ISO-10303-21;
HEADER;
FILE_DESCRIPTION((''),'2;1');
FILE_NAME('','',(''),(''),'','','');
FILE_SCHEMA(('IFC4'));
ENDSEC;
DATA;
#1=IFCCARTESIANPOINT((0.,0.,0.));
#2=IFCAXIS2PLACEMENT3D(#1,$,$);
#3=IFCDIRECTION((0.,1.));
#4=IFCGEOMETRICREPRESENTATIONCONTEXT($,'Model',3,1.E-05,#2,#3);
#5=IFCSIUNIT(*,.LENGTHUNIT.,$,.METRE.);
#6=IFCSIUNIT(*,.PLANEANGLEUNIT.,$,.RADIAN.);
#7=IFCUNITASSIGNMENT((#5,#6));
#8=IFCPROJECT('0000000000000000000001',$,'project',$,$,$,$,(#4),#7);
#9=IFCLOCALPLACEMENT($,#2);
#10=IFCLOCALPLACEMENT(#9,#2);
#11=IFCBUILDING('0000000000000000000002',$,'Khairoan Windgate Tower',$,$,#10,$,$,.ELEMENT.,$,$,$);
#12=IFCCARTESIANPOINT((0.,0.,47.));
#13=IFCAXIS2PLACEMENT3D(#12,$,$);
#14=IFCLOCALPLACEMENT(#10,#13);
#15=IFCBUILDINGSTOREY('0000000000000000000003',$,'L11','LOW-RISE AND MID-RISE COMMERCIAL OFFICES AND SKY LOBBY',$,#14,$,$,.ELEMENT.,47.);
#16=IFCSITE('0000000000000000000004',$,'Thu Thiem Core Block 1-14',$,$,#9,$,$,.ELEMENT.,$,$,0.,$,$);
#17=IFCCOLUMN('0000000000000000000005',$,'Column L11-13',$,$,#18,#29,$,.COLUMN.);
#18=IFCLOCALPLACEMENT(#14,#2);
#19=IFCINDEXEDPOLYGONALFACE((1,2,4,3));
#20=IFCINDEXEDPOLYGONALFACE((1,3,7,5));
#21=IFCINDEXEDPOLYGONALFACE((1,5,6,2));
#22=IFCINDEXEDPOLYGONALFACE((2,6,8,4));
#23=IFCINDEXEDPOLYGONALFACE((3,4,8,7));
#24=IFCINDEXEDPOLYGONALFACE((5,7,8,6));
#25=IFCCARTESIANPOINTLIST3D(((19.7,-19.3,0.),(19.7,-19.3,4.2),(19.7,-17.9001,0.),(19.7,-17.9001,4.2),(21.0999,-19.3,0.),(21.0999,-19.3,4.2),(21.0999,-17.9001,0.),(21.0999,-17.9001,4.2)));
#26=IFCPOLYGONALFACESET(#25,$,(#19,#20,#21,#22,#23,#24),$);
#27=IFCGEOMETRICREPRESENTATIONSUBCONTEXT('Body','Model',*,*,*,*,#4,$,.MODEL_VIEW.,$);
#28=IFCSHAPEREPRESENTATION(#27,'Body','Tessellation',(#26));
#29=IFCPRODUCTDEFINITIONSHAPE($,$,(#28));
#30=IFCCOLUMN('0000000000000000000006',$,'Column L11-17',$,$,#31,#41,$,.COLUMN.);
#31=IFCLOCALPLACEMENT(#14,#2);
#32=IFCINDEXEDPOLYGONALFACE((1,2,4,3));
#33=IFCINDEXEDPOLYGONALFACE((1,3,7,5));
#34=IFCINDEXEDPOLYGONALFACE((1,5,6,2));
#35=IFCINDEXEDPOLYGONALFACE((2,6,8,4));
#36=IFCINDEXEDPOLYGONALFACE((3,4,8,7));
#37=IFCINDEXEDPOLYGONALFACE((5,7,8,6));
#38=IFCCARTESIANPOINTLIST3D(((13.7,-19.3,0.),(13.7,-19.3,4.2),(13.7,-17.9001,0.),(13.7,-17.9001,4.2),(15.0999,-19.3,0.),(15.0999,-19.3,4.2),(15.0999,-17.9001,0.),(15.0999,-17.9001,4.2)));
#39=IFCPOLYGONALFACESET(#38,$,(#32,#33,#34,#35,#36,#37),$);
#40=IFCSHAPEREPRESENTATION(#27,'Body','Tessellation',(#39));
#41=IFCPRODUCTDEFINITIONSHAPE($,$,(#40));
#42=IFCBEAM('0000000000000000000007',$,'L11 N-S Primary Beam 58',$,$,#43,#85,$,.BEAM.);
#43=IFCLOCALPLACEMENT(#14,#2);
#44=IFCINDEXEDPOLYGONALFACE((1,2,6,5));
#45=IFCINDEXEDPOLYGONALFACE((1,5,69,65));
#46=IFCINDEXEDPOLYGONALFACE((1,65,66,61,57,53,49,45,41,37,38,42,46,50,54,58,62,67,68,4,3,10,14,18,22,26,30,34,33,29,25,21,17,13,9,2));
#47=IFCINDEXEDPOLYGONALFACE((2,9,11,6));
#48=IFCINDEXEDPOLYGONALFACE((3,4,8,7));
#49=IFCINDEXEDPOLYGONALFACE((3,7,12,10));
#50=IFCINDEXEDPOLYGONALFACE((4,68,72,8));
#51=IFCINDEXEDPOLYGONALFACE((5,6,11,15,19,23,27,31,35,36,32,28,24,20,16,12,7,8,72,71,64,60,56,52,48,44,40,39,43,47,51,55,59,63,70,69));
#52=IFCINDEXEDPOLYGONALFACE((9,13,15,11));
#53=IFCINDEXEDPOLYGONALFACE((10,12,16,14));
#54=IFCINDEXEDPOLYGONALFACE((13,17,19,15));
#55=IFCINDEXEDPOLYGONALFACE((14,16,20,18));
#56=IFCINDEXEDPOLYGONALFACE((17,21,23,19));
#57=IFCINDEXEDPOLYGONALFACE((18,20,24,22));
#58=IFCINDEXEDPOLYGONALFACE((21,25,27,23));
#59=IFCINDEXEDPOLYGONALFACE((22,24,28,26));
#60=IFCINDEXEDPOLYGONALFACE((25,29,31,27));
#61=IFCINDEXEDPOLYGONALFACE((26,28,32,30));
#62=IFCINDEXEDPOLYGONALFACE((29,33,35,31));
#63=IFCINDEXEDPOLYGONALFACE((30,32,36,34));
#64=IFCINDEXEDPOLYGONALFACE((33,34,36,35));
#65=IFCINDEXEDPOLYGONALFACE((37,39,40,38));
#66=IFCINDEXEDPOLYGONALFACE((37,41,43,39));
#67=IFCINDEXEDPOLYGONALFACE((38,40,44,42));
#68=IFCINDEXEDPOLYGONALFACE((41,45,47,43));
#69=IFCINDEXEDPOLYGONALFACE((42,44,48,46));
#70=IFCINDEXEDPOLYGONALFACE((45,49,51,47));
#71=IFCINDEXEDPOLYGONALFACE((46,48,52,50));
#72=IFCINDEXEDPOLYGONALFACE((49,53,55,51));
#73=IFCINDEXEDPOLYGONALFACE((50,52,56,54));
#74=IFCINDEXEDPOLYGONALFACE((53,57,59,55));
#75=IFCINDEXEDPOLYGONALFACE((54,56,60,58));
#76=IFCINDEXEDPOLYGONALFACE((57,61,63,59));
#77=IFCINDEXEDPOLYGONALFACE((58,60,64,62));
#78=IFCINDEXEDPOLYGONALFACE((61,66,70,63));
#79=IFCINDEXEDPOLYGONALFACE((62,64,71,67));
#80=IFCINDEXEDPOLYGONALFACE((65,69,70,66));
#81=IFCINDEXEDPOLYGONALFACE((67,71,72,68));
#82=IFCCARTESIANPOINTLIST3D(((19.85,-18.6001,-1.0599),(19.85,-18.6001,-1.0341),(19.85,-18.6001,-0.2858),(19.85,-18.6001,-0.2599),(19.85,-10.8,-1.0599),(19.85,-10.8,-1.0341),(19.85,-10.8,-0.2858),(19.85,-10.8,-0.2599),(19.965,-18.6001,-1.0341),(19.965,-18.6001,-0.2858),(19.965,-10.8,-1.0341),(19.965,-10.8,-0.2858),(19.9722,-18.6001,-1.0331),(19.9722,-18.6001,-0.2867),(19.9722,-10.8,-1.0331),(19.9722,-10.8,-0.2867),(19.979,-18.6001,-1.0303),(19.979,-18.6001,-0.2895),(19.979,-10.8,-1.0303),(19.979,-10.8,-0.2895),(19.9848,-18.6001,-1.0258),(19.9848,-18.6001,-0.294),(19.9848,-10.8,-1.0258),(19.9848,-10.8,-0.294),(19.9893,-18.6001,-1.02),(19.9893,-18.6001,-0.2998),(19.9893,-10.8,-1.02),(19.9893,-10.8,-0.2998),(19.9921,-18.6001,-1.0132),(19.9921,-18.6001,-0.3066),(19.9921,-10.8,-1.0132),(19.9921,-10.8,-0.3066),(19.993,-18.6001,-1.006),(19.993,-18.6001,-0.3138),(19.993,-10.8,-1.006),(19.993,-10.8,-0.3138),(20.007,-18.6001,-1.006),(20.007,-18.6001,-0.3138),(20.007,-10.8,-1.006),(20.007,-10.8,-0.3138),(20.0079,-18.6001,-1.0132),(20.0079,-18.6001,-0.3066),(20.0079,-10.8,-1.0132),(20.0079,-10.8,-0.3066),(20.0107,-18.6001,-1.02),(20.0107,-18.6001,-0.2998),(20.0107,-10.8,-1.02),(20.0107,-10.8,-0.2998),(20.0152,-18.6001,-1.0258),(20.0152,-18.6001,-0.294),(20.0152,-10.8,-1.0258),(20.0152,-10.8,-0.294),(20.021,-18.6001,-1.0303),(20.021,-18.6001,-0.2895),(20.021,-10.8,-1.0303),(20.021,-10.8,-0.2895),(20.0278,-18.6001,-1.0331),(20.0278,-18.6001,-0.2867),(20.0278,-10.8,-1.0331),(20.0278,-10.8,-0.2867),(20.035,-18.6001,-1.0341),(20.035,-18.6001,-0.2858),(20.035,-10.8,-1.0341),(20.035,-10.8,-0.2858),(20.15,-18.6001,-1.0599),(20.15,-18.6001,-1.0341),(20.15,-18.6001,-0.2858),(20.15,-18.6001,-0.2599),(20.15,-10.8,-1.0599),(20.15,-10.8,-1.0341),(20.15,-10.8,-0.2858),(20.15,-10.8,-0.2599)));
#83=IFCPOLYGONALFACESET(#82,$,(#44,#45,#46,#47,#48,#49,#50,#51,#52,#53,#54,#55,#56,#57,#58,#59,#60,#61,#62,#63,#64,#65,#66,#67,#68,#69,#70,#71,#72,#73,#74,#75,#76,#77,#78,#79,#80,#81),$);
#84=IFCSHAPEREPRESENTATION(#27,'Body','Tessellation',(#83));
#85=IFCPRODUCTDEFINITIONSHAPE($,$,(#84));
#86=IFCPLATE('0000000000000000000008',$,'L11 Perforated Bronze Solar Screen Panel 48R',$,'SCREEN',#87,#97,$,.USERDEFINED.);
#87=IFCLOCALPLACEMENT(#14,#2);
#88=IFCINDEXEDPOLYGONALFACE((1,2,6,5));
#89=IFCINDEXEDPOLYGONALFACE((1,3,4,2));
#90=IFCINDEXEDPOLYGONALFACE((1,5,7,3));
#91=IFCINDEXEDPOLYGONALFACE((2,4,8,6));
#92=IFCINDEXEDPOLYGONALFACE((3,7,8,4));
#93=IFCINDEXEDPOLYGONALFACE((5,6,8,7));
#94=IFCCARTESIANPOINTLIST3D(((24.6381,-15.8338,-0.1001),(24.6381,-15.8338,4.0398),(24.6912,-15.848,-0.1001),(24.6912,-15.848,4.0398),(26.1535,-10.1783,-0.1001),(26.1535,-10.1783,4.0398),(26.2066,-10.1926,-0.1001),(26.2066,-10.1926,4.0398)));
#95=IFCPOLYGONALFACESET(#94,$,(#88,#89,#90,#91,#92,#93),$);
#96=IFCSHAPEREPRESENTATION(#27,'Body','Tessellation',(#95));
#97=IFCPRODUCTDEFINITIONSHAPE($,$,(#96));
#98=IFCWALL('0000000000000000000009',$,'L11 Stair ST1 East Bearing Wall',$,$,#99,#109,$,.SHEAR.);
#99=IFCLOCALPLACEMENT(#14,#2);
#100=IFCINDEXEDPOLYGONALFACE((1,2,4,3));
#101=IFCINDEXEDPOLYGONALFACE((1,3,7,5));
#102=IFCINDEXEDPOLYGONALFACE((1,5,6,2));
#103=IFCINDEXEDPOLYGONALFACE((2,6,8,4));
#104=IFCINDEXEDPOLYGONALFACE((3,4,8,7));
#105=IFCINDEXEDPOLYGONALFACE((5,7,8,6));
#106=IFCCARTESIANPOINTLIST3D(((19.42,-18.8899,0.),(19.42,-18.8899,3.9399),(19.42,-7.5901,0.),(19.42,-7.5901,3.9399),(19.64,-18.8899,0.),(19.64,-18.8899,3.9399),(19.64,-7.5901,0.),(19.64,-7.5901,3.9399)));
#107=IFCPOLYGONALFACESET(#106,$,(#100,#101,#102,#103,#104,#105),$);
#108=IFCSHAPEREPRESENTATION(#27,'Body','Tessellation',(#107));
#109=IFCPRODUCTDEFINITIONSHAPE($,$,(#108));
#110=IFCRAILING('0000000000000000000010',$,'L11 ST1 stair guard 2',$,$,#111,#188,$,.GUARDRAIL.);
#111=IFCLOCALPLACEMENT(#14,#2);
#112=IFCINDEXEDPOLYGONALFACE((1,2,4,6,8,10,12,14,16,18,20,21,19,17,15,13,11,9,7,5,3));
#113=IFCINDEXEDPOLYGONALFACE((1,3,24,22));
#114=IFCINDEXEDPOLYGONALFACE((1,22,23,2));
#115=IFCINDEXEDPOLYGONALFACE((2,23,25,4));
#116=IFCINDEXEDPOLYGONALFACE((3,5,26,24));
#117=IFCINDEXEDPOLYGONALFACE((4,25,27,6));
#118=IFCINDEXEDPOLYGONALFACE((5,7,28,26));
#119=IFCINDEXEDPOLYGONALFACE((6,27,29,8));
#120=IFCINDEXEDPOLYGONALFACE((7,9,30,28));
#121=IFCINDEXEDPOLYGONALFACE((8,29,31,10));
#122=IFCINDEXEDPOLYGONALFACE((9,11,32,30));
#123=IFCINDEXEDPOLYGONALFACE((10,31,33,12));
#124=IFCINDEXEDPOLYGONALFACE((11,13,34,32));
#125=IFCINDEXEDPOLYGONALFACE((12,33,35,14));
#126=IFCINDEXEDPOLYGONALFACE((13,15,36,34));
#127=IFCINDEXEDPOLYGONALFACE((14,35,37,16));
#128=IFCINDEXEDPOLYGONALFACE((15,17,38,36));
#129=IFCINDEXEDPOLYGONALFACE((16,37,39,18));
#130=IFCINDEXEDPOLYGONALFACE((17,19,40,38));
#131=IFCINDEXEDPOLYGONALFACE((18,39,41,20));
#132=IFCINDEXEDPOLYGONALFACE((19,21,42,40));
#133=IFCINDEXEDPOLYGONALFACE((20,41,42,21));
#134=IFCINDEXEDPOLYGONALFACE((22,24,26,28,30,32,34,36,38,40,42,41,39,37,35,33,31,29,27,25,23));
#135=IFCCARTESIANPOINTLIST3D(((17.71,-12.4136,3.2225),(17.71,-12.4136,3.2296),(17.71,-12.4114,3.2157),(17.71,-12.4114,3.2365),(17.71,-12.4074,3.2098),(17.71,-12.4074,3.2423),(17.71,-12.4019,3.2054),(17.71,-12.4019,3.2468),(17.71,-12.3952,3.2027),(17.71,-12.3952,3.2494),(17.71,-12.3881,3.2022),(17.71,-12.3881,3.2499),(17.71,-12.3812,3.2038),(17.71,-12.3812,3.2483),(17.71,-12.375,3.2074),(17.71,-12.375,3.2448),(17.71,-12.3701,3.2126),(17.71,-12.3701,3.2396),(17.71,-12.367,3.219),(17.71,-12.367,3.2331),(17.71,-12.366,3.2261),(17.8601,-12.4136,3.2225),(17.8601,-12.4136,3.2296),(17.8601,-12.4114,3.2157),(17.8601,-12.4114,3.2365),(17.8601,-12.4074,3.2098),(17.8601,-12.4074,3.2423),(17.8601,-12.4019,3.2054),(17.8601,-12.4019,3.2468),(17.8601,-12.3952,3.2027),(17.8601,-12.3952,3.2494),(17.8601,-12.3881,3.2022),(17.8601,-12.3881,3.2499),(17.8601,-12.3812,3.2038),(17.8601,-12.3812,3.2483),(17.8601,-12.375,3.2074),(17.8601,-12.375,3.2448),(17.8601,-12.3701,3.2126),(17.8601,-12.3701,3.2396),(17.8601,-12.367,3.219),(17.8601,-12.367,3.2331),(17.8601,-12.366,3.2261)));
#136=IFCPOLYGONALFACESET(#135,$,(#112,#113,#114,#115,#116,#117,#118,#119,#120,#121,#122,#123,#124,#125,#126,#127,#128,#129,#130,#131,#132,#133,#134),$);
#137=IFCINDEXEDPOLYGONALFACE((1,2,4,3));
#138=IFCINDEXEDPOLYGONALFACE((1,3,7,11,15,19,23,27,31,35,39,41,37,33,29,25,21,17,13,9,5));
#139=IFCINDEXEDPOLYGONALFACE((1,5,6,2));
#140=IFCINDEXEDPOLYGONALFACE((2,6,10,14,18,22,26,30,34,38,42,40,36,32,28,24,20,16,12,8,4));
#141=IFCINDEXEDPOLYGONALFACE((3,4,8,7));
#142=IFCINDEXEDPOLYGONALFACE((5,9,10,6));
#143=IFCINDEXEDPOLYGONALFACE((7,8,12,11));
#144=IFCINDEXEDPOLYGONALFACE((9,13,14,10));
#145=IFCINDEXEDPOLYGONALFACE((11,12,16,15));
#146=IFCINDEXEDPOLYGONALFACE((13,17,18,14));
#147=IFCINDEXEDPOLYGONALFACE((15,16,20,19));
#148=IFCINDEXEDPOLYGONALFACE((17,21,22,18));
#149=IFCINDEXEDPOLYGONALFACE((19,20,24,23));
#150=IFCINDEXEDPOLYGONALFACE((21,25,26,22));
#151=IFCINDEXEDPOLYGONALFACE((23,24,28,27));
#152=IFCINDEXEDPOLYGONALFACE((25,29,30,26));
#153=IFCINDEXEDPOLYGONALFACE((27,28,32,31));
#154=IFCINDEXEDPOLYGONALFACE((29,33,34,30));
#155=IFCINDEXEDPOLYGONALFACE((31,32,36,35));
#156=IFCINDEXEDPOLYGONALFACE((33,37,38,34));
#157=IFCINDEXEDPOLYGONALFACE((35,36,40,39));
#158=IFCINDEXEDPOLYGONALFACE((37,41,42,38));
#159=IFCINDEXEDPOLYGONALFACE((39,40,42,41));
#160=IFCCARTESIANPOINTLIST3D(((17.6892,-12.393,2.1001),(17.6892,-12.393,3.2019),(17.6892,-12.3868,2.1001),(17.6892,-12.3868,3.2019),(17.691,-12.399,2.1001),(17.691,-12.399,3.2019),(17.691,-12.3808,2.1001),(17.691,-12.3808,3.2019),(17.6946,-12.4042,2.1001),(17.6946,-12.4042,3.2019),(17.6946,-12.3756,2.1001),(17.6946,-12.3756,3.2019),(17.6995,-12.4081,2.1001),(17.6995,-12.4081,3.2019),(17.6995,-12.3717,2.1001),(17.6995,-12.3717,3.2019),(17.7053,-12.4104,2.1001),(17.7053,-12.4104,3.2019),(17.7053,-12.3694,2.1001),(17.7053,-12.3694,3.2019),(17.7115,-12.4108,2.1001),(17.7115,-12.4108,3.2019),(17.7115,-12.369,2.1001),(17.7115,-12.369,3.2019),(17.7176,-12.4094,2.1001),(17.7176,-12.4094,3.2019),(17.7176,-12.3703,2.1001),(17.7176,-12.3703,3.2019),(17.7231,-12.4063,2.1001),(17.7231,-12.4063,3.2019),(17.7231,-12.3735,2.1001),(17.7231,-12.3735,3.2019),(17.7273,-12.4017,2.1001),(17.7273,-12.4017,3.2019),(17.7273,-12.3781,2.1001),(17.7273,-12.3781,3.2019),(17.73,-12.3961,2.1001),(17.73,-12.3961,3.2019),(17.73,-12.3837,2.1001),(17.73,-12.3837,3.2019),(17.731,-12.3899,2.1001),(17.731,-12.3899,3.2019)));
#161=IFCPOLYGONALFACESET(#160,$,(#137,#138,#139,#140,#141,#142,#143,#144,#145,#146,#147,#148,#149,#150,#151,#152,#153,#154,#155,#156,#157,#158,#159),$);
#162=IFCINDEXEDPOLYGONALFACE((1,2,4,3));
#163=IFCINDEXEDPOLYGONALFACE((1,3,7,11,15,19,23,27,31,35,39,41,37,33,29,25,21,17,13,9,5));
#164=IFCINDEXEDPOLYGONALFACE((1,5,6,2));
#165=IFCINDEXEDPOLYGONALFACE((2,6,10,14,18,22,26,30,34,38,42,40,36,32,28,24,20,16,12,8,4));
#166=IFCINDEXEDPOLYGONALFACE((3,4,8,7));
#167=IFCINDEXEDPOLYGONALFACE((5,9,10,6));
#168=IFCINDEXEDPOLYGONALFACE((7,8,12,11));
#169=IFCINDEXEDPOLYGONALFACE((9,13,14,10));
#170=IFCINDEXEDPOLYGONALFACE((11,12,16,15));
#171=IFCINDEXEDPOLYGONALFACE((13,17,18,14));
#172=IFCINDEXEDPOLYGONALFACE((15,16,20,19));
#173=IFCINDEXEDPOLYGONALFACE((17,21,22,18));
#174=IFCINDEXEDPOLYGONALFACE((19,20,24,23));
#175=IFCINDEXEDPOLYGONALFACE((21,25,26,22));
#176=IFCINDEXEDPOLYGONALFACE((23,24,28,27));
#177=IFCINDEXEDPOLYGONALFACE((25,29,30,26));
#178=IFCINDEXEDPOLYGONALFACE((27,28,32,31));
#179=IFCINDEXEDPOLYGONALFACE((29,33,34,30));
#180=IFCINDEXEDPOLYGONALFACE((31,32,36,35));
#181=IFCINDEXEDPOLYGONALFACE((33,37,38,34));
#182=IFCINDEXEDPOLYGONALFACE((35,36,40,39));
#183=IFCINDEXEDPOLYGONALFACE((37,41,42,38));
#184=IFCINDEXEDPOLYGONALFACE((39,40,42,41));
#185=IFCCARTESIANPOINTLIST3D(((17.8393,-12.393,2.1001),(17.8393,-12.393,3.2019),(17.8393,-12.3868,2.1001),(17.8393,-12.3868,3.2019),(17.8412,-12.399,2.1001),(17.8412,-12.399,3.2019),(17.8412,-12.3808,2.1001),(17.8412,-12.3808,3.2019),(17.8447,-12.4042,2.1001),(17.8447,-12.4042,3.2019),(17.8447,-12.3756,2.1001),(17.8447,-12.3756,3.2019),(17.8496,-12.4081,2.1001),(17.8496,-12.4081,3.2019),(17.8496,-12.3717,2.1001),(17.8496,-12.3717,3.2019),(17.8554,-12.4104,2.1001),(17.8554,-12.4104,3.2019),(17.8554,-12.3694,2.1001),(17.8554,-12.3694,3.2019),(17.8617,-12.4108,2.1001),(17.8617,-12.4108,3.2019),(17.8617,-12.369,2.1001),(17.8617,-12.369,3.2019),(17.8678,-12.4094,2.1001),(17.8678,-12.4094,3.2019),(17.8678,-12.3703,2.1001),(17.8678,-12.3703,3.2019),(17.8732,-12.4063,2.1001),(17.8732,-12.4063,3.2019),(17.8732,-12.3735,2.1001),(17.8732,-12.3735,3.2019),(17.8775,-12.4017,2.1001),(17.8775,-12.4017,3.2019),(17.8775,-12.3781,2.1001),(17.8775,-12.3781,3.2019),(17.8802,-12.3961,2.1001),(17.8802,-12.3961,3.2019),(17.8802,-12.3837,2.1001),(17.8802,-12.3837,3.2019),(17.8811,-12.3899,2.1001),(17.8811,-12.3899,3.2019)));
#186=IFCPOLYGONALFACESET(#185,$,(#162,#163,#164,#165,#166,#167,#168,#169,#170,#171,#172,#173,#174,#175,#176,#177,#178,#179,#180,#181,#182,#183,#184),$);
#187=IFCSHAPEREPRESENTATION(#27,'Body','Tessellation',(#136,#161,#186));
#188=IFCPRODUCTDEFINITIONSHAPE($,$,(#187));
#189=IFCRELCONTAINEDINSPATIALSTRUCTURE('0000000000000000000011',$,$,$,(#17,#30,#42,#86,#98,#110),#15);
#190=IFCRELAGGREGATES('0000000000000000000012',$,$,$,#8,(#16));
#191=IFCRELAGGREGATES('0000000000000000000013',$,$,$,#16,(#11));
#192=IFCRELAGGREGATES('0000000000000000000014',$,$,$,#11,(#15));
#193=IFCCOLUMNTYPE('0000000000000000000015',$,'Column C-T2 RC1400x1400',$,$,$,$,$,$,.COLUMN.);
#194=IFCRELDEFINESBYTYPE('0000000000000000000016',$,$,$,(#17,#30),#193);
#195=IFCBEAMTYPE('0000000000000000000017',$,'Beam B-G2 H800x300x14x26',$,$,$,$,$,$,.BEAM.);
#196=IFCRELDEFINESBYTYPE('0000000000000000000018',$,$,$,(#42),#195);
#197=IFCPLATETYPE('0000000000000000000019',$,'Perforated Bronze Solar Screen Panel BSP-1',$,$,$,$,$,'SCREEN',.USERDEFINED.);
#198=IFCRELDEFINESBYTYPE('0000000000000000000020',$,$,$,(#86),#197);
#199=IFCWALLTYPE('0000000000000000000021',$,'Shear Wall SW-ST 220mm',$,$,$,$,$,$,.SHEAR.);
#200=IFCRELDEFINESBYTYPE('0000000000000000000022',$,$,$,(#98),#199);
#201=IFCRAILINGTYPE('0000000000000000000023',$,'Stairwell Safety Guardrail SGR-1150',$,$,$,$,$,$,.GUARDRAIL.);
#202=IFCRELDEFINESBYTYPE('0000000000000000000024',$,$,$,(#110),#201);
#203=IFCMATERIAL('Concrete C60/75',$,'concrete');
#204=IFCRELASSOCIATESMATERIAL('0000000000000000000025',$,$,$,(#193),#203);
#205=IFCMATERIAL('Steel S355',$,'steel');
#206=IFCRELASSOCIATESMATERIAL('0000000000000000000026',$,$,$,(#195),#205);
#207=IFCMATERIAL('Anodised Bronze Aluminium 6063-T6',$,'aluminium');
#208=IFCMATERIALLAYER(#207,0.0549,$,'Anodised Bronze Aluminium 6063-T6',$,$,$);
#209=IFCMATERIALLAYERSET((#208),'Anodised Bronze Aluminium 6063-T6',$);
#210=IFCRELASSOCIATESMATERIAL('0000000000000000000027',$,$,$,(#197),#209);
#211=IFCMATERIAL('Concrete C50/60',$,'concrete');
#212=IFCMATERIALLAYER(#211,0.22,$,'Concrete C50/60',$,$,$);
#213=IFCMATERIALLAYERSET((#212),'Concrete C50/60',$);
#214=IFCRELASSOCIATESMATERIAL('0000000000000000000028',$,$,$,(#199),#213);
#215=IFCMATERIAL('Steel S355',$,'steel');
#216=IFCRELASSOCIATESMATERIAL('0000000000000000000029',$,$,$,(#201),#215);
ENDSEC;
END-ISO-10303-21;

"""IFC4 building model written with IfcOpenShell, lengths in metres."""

from ifc_helpers import new_model, si_unit, direction, frame, frame_2d, origin, origin_2d, place, context, subcontext, project, spatial, rectangle, circle, i_section, extrude, material, layer, layer_set, material_profile, profile_set, type_object, element, save


model = new_model("IFC4")

# Units and contexts
model_context = context("Model", 3, precision=1e-05, world=origin(), true_north=direction((0.0, 1.0)))
body_context = subcontext(model_context, "Body", "Model", "MODEL_VIEW")
ifc_project = project(units=[si_unit("LENGTHUNIT", "METRE"), si_unit("PLANEANGLEUNIT", "RADIAN")], contexts=[model_context])

# Site, building, storey
site_placement = place(None, origin())
site = spatial("IfcSite", under=ifc_project, at=site_placement, Name="Thu Thiem Core Block 1-14", CompositionType="ELEMENT", RefElevation=0.0)
building_placement = place(site_placement, origin())
building = spatial("IfcBuilding", under=site, at=building_placement, Name="Khairoan Windgate Tower", CompositionType="ELEMENT")
storey_placement = place(building_placement, frame((0.0, 0.0, 47.0)))
storey = spatial("IfcBuildingStorey", under=building, at=storey_placement, Name="L11", Description="LOW-RISE AND MID-RISE COMMERCIAL OFFICES AND SKY LOBBY", CompositionType="ELEMENT", Elevation=47.0)

# Columns
ifc_material_1 = material(Name="Concrete C60/75", Category="concrete")
ifc_material_profile_1 = material_profile(ifc_material_1, rectangle(XDim=1.3999, YDim=1.3999, at=origin_2d()))
ifc_profile_set_1 = profile_set([ifc_material_profile_1], Name="Concrete C60/75")
column_type = type_object("IfcColumnType", Name="Column C-T2 RC1400x1400", PredefinedType="COLUMN", material=ifc_profile_set_1)
for number, where, z_axis, x_axis, name in (
    (1, (20.3999, -18.6001, 0.0), (0.0, 0.0, 1.0), (1.0, 0.0, 0.0), "Column L11-13"),
    (2, (14.3999, -18.6001, 0.0), (0.0, 0.0, 1.0), (1.0, 0.0, 0.0), "Column L11-17"),
):
    element("IfcColumn", number, at=place(storey_placement, frame(where, z_axis=z_axis, x_axis=x_axis)), inside=storey, type_object=column_type, Name=name, PredefinedType="COLUMN", context=body_context, shape_type="SweptSolid", body=[
        extrude(rectangle(XDim=1.3999, YDim=1.3999, at=origin_2d()), origin(), (0.0, 0.0, 1.0), 4.2),
    ])

# Beam
ifc_material_2 = material(Name="Steel S355", Category="steel")
ifc_material_profile_2 = material_profile(ifc_material_2, i_section(OverallWidth=0.3, OverallDepth=0.8, WebThickness=0.0139, FlangeThickness=0.0259, FilletRadius=0.0281, at=origin_2d()))
ifc_profile_set_2 = profile_set([ifc_material_profile_2], Name="Steel S355")
beam_type = type_object("IfcBeamType", Name="Beam B-G2 H800x300x14x26", PredefinedType="BEAM", material=ifc_profile_set_2)
beam_placement = place(storey_placement, frame((20.0, -18.6001, -0.6599), z_axis=(0.0, 1.0, 0.0), x_axis=(-1.0, 0.0, 0.0)))
element("IfcBeam", 3, at=beam_placement, inside=storey, type_object=beam_type, Name="L11 N-S Primary Beam 58", PredefinedType="BEAM", context=body_context, shape_type="SweptSolid", body=[
    extrude(i_section(OverallWidth=0.3, OverallDepth=0.8, WebThickness=0.0139, FlangeThickness=0.0259, FilletRadius=0.0281, at=origin_2d()), origin(), (0.0, 0.0, 1.0), 7.8),
])

# Plate
ifc_material_3 = material(Name="Anodised Bronze Aluminium 6063-T6", Category="aluminium")
ifc_layer_1 = layer(ifc_material_3, 0.0549, Name="Anodised Bronze Aluminium 6063-T6")
ifc_layer_set_1 = layer_set([ifc_layer_1], Name="Anodised Bronze Aluminium 6063-T6")
plate_type = type_object("IfcPlateType", Name="Perforated Bronze Solar Screen Panel BSP-1", ElementType="SCREEN", PredefinedType="USERDEFINED", material=ifc_layer_set_1)
plate_placement = place(storey_placement, frame((25.4224, -13.0132, -0.1001), z_axis=(0.0, 0.0, 1.0), x_axis=(-0.258819, -0.965926, 0.0)))
element("IfcPlate", 4, at=plate_placement, inside=storey, type_object=plate_type, Name="L11 Perforated Bronze Solar Screen Panel 48R", ObjectType="SCREEN", PredefinedType="USERDEFINED", context=body_context, shape_type="SweptSolid", body=[
    extrude(rectangle(XDim=5.855, YDim=0.0549, at=origin_2d()), origin(), (0.0, 0.0, 1.0), 4.1399),
])

# Wall
ifc_material_4 = material(Name="Concrete C50/60", Category="concrete")
ifc_layer_2 = layer(ifc_material_4, 0.22, Name="Concrete C50/60")
ifc_layer_set_2 = layer_set([ifc_layer_2], Name="Concrete C50/60")
wall_type = type_object("IfcWallType", Name="Shear Wall SW-ST 220mm", PredefinedType="SHEAR", material=ifc_layer_set_2)
wall_placement = place(storey_placement, frame((19.53, -18.8899, 0.0), z_axis=(0.0, 0.0, 1.0), x_axis=(0.0, 1.0, 0.0)))
element("IfcWall", 5, at=wall_placement, inside=storey, type_object=wall_type, Name="L11 Stair ST1 East Bearing Wall", PredefinedType="SHEAR", context=body_context, shape_type="SweptSolid", body=[
    extrude(rectangle(XDim=11.2998, YDim=0.22, at=frame_2d((5.6499, 0.0))), origin(), (0.0, 0.0, 1.0), 3.9399),
])

# Railing
ifc_material_5 = material(Name="Steel S355", Category="steel")
railing_type = type_object("IfcRailingType", Name="Stairwell Safety Guardrail SGR-1150", PredefinedType="GUARDRAIL", material=ifc_material_5)
railing_1_placement = place(storey_placement, frame((17.71, -12.3899, 2.1001)))
element("IfcRailing", 6, at=railing_1_placement, inside=storey, type_object=railing_type, Name="L11 ST1 stair guard 2", PredefinedType="GUARDRAIL", context=body_context, shape_type="SweptSolid", body=[
    extrude(circle(Radius=0.0239, at=origin_2d()), frame((0.0, 0.0, 1.126), z_axis=(1.0, 0.0, 0.0), x_axis=(0.0, 1.0, 0.0)), (0.0, 0.0, 1.0), 0.1501),
    extrude(circle(Radius=0.021, at=origin_2d()), origin(), (0.0, 0.0, 1.0), 1.1018),
    extrude(circle(Radius=0.021, at=origin_2d()), frame((0.1501, 0.0, 0.0)), (0.0, 0.0, 1.0), 1.1018),
])

save(model, "model.ifc")
